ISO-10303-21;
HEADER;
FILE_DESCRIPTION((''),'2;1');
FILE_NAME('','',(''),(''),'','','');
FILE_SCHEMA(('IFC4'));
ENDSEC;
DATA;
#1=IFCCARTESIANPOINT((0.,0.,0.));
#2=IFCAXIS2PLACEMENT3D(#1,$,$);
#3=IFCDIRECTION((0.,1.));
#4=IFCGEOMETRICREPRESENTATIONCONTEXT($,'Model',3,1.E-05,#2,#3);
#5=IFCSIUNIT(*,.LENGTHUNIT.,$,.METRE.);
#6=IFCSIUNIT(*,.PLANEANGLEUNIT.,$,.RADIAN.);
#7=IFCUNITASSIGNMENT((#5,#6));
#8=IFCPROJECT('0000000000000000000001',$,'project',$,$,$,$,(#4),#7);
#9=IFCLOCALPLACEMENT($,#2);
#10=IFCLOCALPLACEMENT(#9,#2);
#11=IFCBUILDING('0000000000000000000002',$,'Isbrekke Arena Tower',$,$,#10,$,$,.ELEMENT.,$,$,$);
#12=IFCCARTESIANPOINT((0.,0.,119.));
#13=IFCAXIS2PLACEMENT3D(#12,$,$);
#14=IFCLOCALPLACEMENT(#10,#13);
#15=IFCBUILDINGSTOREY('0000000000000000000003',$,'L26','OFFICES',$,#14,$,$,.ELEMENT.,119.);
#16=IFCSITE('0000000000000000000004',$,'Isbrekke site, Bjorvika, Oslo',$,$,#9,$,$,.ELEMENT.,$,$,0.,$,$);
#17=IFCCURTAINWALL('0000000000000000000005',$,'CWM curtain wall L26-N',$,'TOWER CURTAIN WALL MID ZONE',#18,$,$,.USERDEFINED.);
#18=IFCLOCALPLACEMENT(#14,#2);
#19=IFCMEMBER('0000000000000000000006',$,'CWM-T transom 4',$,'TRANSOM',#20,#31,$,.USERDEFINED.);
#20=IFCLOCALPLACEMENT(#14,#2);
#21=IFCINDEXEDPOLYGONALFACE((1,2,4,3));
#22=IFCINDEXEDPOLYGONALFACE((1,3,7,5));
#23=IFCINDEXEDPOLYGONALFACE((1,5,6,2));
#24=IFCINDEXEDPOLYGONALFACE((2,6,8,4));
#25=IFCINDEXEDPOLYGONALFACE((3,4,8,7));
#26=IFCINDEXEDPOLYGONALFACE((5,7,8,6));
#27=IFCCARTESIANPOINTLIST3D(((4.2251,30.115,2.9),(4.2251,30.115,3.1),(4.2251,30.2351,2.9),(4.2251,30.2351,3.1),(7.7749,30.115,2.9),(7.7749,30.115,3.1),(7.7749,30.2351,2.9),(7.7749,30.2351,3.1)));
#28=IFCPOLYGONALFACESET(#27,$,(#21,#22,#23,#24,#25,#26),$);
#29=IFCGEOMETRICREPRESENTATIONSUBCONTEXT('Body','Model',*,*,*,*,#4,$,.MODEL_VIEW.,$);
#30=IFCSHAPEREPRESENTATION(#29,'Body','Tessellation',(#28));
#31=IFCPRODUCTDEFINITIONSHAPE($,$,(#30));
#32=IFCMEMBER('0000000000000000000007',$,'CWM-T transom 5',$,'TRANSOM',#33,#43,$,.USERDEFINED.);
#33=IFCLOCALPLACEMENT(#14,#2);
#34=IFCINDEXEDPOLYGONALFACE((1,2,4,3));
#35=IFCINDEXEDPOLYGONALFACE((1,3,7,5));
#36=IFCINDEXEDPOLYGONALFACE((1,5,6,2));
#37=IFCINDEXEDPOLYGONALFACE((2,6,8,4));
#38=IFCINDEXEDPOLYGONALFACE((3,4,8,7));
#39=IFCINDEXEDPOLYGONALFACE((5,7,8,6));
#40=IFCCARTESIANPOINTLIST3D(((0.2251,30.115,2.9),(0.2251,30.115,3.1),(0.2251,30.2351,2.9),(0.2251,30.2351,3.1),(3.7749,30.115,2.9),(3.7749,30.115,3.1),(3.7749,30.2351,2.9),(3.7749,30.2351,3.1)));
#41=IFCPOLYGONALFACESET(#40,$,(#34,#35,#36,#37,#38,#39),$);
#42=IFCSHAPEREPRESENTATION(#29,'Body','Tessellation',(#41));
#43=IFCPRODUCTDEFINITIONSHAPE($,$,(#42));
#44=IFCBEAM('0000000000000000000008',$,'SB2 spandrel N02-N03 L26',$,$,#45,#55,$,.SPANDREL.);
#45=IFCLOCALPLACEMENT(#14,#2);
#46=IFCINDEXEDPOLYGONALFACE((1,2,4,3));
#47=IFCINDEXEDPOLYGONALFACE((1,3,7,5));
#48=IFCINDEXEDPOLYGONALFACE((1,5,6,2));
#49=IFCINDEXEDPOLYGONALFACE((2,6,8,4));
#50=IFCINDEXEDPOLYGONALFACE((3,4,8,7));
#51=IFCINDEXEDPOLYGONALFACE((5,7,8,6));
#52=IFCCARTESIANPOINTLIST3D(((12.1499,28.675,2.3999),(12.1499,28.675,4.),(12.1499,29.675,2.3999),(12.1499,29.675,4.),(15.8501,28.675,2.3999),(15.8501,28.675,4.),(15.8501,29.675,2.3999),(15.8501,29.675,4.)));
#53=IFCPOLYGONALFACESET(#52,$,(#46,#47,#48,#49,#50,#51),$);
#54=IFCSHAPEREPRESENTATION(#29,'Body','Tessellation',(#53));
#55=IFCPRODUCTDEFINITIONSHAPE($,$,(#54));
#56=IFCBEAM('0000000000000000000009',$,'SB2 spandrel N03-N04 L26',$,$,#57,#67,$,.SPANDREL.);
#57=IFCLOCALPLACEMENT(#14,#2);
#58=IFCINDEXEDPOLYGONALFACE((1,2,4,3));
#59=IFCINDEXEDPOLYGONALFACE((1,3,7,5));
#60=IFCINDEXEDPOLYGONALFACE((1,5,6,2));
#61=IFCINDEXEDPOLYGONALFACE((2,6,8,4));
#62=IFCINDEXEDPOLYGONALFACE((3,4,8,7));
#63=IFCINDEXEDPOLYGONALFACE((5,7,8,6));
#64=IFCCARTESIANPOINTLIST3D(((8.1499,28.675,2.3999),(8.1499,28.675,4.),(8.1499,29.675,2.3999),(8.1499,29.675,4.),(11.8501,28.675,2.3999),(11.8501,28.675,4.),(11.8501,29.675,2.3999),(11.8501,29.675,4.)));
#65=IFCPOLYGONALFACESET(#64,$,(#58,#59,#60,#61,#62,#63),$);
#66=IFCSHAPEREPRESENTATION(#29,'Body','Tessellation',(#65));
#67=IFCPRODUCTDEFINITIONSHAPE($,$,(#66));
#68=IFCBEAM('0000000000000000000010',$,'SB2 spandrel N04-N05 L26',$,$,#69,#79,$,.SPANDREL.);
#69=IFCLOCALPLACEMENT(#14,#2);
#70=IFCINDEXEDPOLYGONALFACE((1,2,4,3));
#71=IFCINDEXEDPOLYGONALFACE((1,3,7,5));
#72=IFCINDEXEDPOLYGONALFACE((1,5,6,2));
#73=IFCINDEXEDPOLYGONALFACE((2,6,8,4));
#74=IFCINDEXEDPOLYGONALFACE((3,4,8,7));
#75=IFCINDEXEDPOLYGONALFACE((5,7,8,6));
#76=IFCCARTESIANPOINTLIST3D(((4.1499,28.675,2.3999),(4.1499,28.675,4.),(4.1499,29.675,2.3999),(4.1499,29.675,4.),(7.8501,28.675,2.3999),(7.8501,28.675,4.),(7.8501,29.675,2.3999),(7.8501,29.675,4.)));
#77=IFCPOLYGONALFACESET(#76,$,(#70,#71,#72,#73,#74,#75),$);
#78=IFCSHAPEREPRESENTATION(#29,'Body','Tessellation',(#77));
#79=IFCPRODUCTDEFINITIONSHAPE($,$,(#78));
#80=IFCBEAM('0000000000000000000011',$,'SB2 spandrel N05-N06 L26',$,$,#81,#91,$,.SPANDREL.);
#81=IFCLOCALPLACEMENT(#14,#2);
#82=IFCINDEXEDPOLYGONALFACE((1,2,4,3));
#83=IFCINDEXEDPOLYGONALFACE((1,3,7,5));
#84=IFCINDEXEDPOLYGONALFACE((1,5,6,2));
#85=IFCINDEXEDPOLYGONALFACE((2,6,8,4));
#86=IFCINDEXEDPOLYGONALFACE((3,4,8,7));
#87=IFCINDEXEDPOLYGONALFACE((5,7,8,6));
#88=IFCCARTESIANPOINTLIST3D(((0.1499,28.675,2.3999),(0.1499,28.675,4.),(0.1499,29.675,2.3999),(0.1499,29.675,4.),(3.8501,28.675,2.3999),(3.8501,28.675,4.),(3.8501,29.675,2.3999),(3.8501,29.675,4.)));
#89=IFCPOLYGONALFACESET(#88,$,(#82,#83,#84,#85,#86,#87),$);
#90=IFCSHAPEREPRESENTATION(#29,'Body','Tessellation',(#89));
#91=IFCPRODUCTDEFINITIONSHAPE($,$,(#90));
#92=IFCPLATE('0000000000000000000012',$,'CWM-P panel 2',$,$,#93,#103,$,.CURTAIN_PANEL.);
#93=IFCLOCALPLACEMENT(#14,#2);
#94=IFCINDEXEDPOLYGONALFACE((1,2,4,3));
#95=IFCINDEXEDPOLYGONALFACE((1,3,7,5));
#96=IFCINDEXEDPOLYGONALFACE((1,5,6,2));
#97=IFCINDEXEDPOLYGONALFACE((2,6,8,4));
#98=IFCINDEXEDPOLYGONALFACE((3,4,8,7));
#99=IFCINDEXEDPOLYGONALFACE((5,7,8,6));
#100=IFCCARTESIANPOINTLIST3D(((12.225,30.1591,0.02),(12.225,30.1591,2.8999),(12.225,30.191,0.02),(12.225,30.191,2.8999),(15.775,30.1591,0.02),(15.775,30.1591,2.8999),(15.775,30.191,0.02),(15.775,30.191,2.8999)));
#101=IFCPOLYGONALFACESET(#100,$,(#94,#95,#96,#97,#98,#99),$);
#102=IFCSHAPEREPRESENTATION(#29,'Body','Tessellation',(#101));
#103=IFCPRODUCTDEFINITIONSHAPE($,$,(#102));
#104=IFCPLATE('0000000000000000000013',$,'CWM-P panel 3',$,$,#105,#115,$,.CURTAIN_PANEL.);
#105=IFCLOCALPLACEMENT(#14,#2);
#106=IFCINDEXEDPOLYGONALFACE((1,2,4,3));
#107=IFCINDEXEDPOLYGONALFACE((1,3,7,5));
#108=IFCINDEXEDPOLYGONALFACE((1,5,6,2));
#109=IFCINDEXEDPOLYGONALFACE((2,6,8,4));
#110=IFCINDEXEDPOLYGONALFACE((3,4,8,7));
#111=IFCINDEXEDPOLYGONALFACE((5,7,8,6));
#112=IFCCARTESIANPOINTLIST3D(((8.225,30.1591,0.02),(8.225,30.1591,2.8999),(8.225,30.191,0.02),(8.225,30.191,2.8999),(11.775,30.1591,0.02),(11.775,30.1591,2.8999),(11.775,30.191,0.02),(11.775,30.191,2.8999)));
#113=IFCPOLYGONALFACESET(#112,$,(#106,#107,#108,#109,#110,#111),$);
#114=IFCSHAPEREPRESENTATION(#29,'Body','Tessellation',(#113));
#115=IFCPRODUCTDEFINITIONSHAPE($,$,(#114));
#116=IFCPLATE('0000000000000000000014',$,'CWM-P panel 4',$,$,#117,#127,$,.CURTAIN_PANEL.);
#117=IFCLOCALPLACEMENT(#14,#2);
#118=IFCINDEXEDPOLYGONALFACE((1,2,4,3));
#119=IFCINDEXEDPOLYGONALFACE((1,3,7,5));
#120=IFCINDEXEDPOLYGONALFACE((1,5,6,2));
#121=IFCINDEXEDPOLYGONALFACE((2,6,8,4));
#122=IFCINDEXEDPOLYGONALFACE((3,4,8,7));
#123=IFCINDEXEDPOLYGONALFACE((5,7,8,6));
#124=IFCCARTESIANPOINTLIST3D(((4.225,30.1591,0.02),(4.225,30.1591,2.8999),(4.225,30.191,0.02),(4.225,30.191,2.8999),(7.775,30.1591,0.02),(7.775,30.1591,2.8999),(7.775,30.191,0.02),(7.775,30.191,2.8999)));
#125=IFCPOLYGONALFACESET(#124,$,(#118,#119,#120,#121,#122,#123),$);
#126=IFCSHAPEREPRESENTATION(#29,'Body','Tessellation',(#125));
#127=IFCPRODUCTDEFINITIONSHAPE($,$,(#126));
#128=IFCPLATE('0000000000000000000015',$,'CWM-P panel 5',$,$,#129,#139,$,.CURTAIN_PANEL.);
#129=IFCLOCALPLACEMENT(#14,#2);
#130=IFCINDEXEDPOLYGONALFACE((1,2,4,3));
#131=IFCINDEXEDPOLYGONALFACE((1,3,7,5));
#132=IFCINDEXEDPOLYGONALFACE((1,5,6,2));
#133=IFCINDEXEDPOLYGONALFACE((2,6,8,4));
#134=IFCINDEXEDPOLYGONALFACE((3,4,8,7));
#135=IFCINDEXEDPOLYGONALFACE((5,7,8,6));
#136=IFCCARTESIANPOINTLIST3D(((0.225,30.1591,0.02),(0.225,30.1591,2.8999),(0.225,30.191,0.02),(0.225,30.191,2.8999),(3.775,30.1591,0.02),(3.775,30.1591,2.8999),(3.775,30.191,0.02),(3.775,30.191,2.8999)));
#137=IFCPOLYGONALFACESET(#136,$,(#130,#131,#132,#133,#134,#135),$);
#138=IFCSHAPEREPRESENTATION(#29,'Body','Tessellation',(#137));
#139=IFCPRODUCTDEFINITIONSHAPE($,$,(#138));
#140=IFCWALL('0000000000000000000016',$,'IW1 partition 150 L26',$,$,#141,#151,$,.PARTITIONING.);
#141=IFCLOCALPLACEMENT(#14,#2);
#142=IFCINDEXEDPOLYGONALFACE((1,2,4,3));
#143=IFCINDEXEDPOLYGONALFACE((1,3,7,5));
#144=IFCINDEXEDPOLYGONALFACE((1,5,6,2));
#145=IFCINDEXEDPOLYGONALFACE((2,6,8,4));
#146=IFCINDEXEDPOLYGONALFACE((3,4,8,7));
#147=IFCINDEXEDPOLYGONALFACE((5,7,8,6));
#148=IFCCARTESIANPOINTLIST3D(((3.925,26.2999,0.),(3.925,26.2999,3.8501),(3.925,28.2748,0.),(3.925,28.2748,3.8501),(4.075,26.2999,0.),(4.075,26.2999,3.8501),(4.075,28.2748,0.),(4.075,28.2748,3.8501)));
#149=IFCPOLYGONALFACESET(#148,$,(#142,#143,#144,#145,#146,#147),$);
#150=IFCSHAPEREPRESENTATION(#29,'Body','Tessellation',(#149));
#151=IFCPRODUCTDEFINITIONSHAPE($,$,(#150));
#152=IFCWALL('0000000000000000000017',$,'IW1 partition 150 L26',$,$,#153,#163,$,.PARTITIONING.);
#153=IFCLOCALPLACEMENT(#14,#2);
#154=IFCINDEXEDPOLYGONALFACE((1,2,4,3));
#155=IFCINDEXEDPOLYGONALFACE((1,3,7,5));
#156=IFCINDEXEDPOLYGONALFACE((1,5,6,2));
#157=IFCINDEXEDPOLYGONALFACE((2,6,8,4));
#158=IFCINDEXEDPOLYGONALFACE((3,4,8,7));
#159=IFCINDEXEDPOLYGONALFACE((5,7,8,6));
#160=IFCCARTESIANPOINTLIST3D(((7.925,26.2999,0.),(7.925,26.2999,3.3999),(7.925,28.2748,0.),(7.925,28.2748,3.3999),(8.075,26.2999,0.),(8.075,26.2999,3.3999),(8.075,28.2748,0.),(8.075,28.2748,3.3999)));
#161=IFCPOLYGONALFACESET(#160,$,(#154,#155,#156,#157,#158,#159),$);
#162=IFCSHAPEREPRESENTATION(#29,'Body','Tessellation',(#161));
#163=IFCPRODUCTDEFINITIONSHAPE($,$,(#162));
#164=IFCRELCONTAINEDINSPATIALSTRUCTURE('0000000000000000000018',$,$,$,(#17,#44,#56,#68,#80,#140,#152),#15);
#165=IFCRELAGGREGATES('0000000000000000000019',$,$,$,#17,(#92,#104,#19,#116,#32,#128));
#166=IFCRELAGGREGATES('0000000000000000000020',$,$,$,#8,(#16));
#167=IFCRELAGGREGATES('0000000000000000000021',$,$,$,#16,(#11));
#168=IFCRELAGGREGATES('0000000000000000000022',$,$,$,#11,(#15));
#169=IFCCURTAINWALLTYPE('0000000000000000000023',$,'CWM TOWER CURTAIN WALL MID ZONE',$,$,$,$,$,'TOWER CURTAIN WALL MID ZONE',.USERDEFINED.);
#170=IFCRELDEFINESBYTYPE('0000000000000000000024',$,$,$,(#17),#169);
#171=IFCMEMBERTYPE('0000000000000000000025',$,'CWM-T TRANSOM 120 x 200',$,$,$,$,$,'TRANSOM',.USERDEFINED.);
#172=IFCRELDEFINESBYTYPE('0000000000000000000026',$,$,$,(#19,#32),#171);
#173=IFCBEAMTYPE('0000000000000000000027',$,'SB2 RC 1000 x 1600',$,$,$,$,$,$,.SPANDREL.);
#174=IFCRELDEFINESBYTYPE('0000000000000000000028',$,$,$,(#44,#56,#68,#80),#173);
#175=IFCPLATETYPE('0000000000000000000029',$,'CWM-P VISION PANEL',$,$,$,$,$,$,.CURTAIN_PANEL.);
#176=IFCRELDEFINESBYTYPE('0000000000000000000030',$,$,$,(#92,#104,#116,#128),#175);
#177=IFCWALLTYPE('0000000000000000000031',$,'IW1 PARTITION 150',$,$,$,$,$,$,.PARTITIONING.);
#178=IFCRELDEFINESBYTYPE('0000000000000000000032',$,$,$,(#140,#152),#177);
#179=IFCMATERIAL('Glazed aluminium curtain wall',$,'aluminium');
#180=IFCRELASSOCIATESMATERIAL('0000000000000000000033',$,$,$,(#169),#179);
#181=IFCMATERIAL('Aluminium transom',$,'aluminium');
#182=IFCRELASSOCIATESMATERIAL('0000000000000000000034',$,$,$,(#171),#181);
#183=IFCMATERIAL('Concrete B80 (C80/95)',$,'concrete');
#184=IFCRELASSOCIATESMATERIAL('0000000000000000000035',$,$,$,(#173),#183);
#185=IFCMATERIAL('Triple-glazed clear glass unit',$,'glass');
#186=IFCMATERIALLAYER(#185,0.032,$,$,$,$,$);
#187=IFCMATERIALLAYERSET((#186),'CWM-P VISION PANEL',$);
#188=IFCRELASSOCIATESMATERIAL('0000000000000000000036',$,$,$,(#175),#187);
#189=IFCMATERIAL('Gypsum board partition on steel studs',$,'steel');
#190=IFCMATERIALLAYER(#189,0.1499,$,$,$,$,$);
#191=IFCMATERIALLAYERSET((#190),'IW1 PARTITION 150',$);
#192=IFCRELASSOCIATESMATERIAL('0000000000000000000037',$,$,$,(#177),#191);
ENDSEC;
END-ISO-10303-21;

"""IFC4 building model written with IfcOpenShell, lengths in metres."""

from ifc_helpers import new_model, si_unit, direction, frame, frame_2d, origin, origin_2d, place, context, subcontext, project, spatial, rectangle, extrude, material, layer, layer_set, material_profile, profile_set, type_object, element, aggregate, save


model = new_model("IFC4")

# Units and contexts
model_context = context("Model", 3, precision=1e-05, world=origin(), true_north=direction((0.0, 1.0)))
body_context = subcontext(model_context, "Body", "Model", "MODEL_VIEW")
ifc_project = project(units=[si_unit("LENGTHUNIT", "METRE"), si_unit("PLANEANGLEUNIT", "RADIAN")], contexts=[model_context])

# Site, building, storey
site_placement = place(None, origin())
site = spatial("IfcSite", under=ifc_project, at=site_placement, Name="Isbrekke site, Bjorvika, Oslo", CompositionType="ELEMENT", RefElevation=0.0)
building_placement = place(site_placement, origin())
building = spatial("IfcBuilding", under=site, at=building_placement, Name="Isbrekke Arena Tower", CompositionType="ELEMENT")
storey_placement = place(building_placement, frame((0.0, 0.0, 119.0)))
storey = spatial("IfcBuildingStorey", under=building, at=storey_placement, Name="L26", Description="OFFICES", CompositionType="ELEMENT", Elevation=119.0)

# Curtain wall, members
ifc_material_1 = material(Name="Glazed aluminium curtain wall", Category="aluminium")
curtain_wall_type = type_object("IfcCurtainWallType", Name="CWM TOWER CURTAIN WALL MID ZONE", ElementType="TOWER CURTAIN WALL MID ZONE", PredefinedType="USERDEFINED", material=ifc_material_1)
curtain_wall_placement = place(storey_placement, origin())
curtain_wall = element("IfcCurtainWall", 1, at=curtain_wall_placement, inside=storey, type_object=curtain_wall_type, Name="CWM curtain wall L26-N", ObjectType="TOWER CURTAIN WALL MID ZONE", PredefinedType="USERDEFINED")
ifc_material_2 = material(Name="Aluminium transom", Category="aluminium")
ifc_material_profile_1 = material_profile(ifc_material_2, rectangle(XDim=0.1201, YDim=0.2, at=origin_2d()), Name="TRANSOM 120X200")
ifc_profile_set_1 = profile_set([ifc_material_profile_1], Name="Aluminium transom")
member_type_1 = type_object("IfcMemberType", Name="CWM-T TRANSOM 120 x 200", ElementType="TRANSOM", PredefinedType="USERDEFINED", material=ifc_profile_set_1)
member_1_placement = place(storey_placement, frame((7.7749, 30.175, 3.0), z_axis=(-1.0, 0.0, 0.0), x_axis=(0.0, -1.0, 0.0)))
member_1 = element("IfcMember", 2, at=member_1_placement, type_object=member_type_1, Name="CWM-T transom 4", ObjectType="TRANSOM", PredefinedType="USERDEFINED", context=body_context, shape_type="SweptSolid", body=[
    extrude(rectangle(XDim=0.1201, YDim=0.2, at=origin_2d()), origin(), (0.0, 0.0, 1.0), 3.5498),
])
member_2_placement = place(storey_placement, frame((3.7749, 30.175, 3.0), z_axis=(-1.0, 0.0, 0.0), x_axis=(0.0, -1.0, 0.0)))
member_2 = element("IfcMember", 3, at=member_2_placement, type_object=member_type_1, Name="CWM-T transom 5", ObjectType="TRANSOM", PredefinedType="USERDEFINED", context=body_context, shape_type="SweptSolid", body=[
    extrude(rectangle(XDim=0.1201, YDim=0.2, at=origin_2d()), origin(), (0.0, 0.0, 1.0), 3.5498),
])

# Beams
ifc_material_3 = material(Name="Concrete B80 (C80/95)", Category="concrete")
ifc_material_profile_2 = material_profile(ifc_material_3, rectangle(XDim=1.0, YDim=1.6001, at=origin_2d()), Name="RC 1000x1600")
ifc_profile_set_2 = profile_set([ifc_material_profile_2], Name="Concrete B80 (C80/95)")
beam_type_1 = type_object("IfcBeamType", Name="SB2 RC 1000 x 1600", PredefinedType="SPANDREL", material=ifc_profile_set_2)
for number, where, z_axis, x_axis, name in (
    (4, (15.8501, 29.175, 3.2), (-1.0, 0.0, 0.0), (0.0, -1.0, 0.0), "SB2 spandrel N02-N03 L26"),
    (5, (11.8501, 29.175, 3.2), (-1.0, 0.0, 0.0), (0.0, -1.0, 0.0), "SB2 spandrel N03-N04 L26"),
    (6, (7.8501, 29.175, 3.2), (-1.0, 0.0, 0.0), (0.0, -1.0, 0.0), "SB2 spandrel N04-N05 L26"),
    (7, (3.8501, 29.175, 3.2), (-1.0, 0.0, 0.0), (0.0, -1.0, 0.0), "SB2 spandrel N05-N06 L26"),
):
    element("IfcBeam", number, at=place(storey_placement, frame(where, z_axis=z_axis, x_axis=x_axis)), inside=storey, type_object=beam_type_1, Name=name, PredefinedType="SPANDREL", context=body_context, shape_type="SweptSolid", body=[
        extrude(rectangle(XDim=1.0, YDim=1.6001, at=origin_2d()), origin(), (0.0, 0.0, 1.0), 3.7002),
    ])

# Plates
ifc_material_4 = material(Name="Triple-glazed clear glass unit", Category="glass")
ifc_layer_1 = layer(ifc_material_4, 0.032)
ifc_layer_set_1 = layer_set([ifc_layer_1], Name="CWM-P VISION PANEL")
plate_type = type_object("IfcPlateType", Name="CWM-P VISION PANEL", PredefinedType="CURTAIN_PANEL", material=ifc_layer_set_1)
plate_1_placement = place(storey_placement, frame((14.0, 30.175, 0.02), z_axis=(0.0, 0.0, 1.0), x_axis=(-1.0, 0.0, 0.0)))
plate_1 = element("IfcPlate", 8, at=plate_1_placement, type_object=plate_type, Name="CWM-P panel 2", PredefinedType="CURTAIN_PANEL", context=body_context, shape_type="SweptSolid", body=[
    extrude(rectangle(XDim=3.55, YDim=0.032, at=origin_2d()), origin(), (0.0, 0.0, 1.0), 2.8799),
])
plate_2_placement = place(storey_placement, frame((10.0, 30.175, 0.02), z_axis=(0.0, 0.0, 1.0), x_axis=(-1.0, 0.0, 0.0)))
plate_2 = element("IfcPlate", 9, at=plate_2_placement, type_object=plate_type, Name="CWM-P panel 3", PredefinedType="CURTAIN_PANEL", context=body_context, shape_type="SweptSolid", body=[
    extrude(rectangle(XDim=3.55, YDim=0.032, at=origin_2d()), origin(), (0.0, 0.0, 1.0), 2.8799),
])
plate_3_placement = place(storey_placement, frame((6.0, 30.175, 0.02), z_axis=(0.0, 0.0, 1.0), x_axis=(-1.0, 0.0, 0.0)))
plate_3 = element("IfcPlate", 10, at=plate_3_placement, type_object=plate_type, Name="CWM-P panel 4", PredefinedType="CURTAIN_PANEL", context=body_context, shape_type="SweptSolid", body=[
    extrude(rectangle(XDim=3.55, YDim=0.032, at=origin_2d()), origin(), (0.0, 0.0, 1.0), 2.8799),
])
plate_4_placement = place(storey_placement, frame((2.0, 30.175, 0.02), z_axis=(0.0, 0.0, 1.0), x_axis=(-1.0, 0.0, 0.0)))
plate_4 = element("IfcPlate", 11, at=plate_4_placement, type_object=plate_type, Name="CWM-P panel 5", PredefinedType="CURTAIN_PANEL", context=body_context, shape_type="SweptSolid", body=[
    extrude(rectangle(XDim=3.55, YDim=0.032, at=origin_2d()), origin(), (0.0, 0.0, 1.0), 2.8799),
])
aggregate(curtain_wall, [plate_1, plate_2, member_1, plate_3, member_2, plate_4])

# Walls
ifc_material_5 = material(Name="Gypsum board partition on steel studs", Category="steel")
ifc_layer_2 = layer(ifc_material_5, 0.1499)
ifc_layer_set_2 = layer_set([ifc_layer_2], Name="IW1 PARTITION 150")
wall_type = type_object("IfcWallType", Name="IW1 PARTITION 150", PredefinedType="PARTITIONING", material=ifc_layer_set_2)
wall_1_placement = place(storey_placement, frame((4.0, 26.3, 0.0), z_axis=(0.0, 0.0, 1.0), x_axis=(0.0, 1.0, 0.0)))
element("IfcWall", 12, at=wall_1_placement, inside=storey, type_object=wall_type, Name="IW1 partition 150 L26", PredefinedType="PARTITIONING", context=body_context, shape_type="SweptSolid", body=[
    extrude(rectangle(XDim=1.9749, YDim=0.1499, at=frame_2d((0.9873, 0.0))), origin(), (0.0, 0.0, 1.0), 3.8501),
])
wall_2_placement = place(storey_placement, frame((8.0, 26.3, 0.0), z_axis=(0.0, 0.0, 1.0), x_axis=(0.0, 1.0, 0.0)))
element("IfcWall", 13, at=wall_2_placement, inside=storey, type_object=wall_type, Name="IW1 partition 150 L26", PredefinedType="PARTITIONING", context=body_context, shape_type="SweptSolid", body=[
    extrude(rectangle(XDim=1.9749, YDim=0.1499, at=frame_2d((0.9873, 0.0))), origin(), (0.0, 0.0, 1.0), 3.3999),
])

save(model, "model.ifc")
